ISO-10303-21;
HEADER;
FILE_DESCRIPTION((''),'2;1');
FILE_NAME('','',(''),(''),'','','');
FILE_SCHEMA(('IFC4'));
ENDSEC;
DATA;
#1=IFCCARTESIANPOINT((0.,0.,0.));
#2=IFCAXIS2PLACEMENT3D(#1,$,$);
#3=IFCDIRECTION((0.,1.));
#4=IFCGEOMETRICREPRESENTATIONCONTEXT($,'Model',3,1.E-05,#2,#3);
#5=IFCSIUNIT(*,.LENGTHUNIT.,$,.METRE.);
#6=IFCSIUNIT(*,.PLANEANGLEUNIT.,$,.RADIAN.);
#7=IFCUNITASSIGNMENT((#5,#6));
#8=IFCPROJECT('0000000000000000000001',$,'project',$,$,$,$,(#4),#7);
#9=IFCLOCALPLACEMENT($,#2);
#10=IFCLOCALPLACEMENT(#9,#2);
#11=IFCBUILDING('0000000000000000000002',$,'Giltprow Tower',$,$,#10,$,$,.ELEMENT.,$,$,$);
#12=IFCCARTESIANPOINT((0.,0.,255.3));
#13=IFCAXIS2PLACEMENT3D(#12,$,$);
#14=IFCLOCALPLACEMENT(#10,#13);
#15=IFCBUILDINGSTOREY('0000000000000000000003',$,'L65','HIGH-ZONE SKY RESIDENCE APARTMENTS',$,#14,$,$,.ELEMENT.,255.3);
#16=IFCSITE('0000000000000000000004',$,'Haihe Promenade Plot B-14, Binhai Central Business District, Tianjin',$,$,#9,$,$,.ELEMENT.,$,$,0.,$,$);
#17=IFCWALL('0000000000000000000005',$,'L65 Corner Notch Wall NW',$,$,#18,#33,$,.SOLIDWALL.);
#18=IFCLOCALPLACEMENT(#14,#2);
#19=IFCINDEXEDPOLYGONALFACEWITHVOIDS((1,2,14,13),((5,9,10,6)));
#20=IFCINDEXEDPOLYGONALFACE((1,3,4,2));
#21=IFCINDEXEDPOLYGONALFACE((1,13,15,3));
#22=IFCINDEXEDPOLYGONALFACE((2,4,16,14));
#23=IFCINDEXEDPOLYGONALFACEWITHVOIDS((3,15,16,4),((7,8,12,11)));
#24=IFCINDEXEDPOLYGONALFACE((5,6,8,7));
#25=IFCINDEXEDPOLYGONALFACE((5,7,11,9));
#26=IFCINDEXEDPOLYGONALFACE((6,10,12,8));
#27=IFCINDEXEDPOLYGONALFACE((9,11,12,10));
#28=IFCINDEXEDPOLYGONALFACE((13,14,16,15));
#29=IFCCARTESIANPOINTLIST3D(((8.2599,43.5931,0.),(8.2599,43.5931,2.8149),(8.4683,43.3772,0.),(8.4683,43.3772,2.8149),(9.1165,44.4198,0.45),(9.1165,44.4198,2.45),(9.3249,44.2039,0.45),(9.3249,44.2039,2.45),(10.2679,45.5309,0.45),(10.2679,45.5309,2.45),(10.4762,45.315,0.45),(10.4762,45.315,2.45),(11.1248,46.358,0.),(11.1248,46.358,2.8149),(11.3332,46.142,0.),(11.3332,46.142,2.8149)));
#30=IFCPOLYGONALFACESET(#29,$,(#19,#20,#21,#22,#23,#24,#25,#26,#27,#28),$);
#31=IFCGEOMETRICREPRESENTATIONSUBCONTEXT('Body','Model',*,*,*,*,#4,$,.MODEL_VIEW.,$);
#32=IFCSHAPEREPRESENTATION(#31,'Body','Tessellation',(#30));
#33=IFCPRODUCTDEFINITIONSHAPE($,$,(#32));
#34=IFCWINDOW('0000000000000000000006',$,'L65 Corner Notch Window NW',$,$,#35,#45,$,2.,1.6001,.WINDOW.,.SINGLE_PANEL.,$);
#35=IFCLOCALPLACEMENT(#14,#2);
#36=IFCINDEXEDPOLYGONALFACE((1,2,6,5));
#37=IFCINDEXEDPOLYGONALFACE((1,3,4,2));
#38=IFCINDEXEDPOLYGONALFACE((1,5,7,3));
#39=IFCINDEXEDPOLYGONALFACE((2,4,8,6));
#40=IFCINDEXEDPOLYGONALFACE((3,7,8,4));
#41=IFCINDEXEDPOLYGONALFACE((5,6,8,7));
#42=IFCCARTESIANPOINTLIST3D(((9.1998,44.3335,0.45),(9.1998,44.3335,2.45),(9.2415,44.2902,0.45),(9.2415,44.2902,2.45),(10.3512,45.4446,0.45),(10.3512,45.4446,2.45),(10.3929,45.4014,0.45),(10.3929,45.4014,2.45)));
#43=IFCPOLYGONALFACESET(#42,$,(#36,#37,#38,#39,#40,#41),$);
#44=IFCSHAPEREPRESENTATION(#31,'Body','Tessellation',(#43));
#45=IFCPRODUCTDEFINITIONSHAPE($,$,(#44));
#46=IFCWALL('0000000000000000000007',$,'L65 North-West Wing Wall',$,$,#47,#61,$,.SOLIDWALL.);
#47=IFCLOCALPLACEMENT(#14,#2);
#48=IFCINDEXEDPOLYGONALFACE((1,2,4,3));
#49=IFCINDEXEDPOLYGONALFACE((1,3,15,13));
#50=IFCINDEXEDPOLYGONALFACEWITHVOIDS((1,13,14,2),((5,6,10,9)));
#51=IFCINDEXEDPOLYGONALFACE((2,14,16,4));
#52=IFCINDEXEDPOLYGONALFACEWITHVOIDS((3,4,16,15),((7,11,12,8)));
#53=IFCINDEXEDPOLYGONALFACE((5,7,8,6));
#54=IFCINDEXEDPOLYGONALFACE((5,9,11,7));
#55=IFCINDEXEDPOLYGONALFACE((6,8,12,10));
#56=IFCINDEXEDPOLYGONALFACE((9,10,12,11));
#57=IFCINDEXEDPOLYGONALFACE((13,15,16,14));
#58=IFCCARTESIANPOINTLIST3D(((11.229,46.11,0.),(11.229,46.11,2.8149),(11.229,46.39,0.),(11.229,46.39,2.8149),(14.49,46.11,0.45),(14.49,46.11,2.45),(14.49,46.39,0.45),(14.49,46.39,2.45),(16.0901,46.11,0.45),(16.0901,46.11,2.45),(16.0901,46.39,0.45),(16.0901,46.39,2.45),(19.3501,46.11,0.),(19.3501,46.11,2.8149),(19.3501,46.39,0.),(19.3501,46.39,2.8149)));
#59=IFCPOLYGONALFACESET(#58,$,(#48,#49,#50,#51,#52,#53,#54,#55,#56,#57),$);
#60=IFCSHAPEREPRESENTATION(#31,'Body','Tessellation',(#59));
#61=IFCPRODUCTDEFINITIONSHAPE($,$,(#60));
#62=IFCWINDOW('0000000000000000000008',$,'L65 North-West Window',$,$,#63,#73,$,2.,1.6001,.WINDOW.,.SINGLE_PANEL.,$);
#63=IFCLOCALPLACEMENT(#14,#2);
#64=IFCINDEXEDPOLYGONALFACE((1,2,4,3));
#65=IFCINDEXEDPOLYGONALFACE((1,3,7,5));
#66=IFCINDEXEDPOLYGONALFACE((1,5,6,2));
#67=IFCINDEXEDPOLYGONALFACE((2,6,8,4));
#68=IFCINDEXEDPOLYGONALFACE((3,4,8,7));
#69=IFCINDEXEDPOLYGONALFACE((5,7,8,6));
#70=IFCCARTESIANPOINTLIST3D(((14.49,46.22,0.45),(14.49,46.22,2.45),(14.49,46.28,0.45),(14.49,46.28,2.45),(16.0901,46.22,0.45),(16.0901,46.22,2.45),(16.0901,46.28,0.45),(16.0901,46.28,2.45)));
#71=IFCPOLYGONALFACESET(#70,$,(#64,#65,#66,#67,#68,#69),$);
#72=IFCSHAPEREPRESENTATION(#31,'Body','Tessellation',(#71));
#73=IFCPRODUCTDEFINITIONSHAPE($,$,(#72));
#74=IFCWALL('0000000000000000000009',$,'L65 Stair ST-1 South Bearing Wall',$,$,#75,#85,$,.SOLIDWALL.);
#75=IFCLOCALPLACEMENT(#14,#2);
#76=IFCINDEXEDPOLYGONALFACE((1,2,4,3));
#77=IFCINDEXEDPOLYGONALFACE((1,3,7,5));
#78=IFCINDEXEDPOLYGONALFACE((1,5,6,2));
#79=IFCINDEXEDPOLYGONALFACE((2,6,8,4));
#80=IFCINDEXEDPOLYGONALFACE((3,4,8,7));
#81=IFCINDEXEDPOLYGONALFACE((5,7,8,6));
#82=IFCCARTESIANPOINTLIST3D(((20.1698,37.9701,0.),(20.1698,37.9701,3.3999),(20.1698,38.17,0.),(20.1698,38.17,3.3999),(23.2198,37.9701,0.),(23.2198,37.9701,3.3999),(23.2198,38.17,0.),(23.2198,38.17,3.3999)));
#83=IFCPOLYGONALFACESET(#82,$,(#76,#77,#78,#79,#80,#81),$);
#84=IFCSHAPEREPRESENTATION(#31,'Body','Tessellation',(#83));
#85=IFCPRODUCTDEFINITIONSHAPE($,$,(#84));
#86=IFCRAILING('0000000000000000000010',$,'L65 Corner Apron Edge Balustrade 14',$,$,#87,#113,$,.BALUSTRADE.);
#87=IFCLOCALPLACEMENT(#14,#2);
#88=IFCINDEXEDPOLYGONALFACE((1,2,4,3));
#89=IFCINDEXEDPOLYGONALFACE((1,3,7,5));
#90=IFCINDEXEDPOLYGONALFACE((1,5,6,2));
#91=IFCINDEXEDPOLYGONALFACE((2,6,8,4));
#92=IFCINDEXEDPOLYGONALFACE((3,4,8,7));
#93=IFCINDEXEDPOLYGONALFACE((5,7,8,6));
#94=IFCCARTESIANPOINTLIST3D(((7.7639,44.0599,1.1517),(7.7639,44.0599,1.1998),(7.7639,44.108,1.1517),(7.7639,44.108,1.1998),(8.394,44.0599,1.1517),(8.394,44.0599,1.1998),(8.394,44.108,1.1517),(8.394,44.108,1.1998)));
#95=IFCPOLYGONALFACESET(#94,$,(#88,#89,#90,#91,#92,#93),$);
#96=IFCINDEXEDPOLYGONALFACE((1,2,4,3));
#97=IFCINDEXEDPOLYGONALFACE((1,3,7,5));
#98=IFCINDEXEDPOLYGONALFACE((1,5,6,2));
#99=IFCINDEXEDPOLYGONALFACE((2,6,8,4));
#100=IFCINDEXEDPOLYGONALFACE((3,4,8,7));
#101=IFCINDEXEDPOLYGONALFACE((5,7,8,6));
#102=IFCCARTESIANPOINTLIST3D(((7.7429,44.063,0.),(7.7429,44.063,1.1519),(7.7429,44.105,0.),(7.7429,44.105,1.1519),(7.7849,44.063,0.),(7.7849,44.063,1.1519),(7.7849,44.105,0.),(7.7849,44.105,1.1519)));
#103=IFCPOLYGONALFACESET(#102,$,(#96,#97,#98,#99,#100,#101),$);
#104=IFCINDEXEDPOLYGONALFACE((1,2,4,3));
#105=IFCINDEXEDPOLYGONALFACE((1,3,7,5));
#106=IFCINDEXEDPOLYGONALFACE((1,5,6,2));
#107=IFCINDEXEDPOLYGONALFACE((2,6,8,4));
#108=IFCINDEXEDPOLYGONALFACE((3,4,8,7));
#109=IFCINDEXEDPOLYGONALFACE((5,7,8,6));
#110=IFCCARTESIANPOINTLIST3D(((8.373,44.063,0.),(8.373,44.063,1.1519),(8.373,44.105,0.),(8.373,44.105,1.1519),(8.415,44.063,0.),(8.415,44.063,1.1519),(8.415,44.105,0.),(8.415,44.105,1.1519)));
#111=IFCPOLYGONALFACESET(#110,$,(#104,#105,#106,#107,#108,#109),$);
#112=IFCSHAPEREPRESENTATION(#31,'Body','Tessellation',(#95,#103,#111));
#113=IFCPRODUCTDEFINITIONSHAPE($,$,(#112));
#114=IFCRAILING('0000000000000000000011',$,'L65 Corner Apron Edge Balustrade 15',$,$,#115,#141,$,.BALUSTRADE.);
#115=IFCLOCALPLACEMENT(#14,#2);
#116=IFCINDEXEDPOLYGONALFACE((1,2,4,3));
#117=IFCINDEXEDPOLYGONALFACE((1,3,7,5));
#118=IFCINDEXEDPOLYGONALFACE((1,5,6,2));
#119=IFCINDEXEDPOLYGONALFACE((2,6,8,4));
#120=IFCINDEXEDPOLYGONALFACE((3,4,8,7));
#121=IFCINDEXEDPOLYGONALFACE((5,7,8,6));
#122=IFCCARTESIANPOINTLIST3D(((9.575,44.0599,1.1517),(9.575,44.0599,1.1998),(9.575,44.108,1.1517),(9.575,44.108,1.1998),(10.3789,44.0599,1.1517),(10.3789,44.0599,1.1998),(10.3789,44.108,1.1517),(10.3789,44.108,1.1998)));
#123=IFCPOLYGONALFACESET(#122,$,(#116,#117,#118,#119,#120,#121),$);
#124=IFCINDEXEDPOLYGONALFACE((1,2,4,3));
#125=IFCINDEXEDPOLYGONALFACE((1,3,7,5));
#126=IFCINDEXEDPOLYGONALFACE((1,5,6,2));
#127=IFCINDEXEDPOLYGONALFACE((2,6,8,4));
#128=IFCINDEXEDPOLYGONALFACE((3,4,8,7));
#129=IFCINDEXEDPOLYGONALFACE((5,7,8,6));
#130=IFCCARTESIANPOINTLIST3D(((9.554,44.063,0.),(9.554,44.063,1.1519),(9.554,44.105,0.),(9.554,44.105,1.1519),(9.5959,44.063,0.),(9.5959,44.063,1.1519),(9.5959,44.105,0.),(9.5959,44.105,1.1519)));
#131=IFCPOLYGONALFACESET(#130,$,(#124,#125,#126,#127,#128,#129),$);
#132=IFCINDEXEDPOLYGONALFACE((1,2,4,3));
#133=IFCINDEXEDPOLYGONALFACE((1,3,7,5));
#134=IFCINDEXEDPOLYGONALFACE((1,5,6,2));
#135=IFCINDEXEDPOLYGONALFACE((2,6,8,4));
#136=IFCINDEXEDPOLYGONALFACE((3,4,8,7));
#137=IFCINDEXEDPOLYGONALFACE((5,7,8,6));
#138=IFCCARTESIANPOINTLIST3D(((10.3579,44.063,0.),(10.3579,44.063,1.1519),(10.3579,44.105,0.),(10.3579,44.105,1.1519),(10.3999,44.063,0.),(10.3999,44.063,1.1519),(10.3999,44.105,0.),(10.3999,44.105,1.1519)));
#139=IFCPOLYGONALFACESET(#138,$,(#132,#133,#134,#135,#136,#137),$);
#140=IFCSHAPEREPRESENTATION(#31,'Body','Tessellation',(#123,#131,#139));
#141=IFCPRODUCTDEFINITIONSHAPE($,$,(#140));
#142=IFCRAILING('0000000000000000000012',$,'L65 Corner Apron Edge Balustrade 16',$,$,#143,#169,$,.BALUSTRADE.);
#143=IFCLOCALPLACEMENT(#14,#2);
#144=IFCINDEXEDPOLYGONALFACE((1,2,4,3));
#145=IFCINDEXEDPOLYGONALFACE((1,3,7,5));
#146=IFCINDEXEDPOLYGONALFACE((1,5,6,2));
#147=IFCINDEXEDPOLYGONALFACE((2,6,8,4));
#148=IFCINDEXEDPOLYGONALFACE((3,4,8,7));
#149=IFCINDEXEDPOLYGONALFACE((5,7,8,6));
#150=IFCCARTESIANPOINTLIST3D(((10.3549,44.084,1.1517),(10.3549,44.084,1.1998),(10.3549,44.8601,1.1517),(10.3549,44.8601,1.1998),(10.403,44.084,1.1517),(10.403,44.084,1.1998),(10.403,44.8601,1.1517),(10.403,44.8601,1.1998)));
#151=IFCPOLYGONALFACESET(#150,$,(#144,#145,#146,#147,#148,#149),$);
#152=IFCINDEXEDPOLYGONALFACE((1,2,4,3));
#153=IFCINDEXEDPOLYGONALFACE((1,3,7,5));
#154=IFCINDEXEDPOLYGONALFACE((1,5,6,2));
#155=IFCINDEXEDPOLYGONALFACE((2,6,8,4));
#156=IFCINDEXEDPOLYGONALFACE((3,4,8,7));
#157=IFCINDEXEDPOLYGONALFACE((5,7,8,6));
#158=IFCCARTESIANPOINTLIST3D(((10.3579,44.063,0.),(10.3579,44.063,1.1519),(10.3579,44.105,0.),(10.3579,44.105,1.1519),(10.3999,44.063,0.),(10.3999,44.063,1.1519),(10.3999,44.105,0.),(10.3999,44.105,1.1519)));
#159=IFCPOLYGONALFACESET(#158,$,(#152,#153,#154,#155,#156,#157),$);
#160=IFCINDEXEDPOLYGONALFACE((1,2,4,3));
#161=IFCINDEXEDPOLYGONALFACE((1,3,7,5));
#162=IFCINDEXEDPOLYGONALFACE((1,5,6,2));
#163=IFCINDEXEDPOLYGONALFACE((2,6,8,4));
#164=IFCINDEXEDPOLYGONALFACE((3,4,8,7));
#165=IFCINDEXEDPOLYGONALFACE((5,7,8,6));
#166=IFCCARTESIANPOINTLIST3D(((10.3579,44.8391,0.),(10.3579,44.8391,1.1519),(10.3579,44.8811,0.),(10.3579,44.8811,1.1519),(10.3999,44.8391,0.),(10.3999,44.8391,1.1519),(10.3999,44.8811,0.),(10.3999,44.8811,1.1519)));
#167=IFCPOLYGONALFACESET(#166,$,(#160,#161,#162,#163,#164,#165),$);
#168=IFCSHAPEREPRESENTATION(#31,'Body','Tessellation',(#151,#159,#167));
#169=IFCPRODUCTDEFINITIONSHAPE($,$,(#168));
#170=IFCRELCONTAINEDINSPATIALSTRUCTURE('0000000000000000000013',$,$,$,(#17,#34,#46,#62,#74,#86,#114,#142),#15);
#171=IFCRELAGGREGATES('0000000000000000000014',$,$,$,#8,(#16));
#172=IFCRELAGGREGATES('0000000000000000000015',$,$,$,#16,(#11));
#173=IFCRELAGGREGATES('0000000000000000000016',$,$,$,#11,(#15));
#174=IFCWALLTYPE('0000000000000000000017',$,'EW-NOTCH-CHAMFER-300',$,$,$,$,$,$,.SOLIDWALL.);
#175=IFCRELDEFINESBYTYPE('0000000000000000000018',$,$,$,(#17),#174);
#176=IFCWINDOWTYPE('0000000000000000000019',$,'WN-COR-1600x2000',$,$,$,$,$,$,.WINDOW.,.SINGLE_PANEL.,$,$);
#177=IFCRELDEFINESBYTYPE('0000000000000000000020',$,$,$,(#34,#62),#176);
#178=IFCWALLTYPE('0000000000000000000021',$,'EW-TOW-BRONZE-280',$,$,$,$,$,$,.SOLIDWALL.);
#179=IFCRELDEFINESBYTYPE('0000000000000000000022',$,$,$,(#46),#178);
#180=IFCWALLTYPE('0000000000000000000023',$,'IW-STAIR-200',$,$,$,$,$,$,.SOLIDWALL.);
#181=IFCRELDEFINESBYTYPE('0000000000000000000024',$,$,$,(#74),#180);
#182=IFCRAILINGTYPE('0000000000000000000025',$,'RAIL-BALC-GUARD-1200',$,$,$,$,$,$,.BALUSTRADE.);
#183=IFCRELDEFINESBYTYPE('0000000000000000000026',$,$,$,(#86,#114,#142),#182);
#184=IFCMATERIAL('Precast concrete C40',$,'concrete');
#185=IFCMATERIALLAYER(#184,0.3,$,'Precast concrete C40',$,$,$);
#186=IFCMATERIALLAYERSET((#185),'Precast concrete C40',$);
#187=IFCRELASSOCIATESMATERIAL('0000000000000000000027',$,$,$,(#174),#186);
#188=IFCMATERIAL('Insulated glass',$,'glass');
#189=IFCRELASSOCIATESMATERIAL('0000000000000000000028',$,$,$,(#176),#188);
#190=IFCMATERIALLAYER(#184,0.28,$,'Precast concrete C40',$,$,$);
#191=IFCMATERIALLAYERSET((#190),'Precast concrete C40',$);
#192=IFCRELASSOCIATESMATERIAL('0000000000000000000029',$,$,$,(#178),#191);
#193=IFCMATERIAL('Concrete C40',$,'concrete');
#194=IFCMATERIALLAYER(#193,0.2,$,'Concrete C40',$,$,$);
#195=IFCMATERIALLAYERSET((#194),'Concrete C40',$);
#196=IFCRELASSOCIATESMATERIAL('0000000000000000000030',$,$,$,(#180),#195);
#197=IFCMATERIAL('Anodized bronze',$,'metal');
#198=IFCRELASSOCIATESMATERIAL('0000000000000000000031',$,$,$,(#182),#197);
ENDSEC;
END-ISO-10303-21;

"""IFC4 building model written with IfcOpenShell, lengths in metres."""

from ifc_helpers import new_model, si_unit, direction, frame, frame_2d, origin, origin_2d, place, context, subcontext, project, spatial, rectangle, extrude, source, transform, mapped, material, layer, layer_set, type_object, element, fill, save


model = new_model("IFC4")

# Units and contexts
model_context = context("Model", 3, precision=1e-05, world=origin(), true_north=direction((0.0, 1.0)))
body_context = subcontext(model_context, "Body", "Model", "MODEL_VIEW")
ifc_project = project(units=[si_unit("LENGTHUNIT", "METRE"), si_unit("PLANEANGLEUNIT", "RADIAN")], contexts=[model_context])

# Site, building, storey
site_placement = place(None, origin())
site = spatial("IfcSite", under=ifc_project, at=site_placement, Name="Haihe Promenade Plot B-14, Binhai Central Business District, Tianjin", CompositionType="ELEMENT", RefElevation=0.0)
building_placement = place(site_placement, origin())
building = spatial("IfcBuilding", under=site, at=building_placement, Name="Giltprow Tower", CompositionType="ELEMENT")
storey_placement = place(building_placement, frame((0.0, 0.0, 255.3)))
storey = spatial("IfcBuildingStorey", under=building, at=storey_placement, Name="L65", Description="HIGH-ZONE SKY RESIDENCE APARTMENTS", CompositionType="ELEMENT", Elevation=255.3)

# Walls, openings, windows
ifc_material_1 = material(Name="Precast concrete C40", Category="concrete")
ifc_layer_1 = layer(ifc_material_1, 0.3, Name="Precast concrete C40")
ifc_layer_set_1 = layer_set([ifc_layer_1], Name="Precast concrete C40")
wall_type_1 = type_object("IfcWallType", Name="EW-NOTCH-CHAMFER-300", PredefinedType="SOLIDWALL", material=ifc_layer_set_1)
wall_1_placement = place(storey_placement, frame((11.229, 46.25, 0.0), z_axis=(0.0, 0.0, 1.0), x_axis=(-0.719565, -0.694425, 0.0)))
wall_1 = element("IfcWall", 1, at=wall_1_placement, inside=storey, type_object=wall_type_1, Name="L65 Corner Notch Wall NW", PredefinedType="SOLIDWALL", context=body_context, shape_type="SweptSolid", body=[
    extrude(rectangle(XDim=3.9814, YDim=0.3, at=frame_2d((1.9907, 0.0))), origin(), (0.0, 0.0, 1.0), 2.8149),
])
opening_1_placement = place(wall_1_placement, frame((1.1909, 0.0, 0.45)))
opening_1 = element("IfcOpeningElement", 2, at=opening_1_placement, cuts=wall_1, PredefinedType="OPENING", context=body_context, shape_type="SweptSolid", body=[
    extrude(rectangle(XDim=1.6001, YDim=2.0, at=frame_2d((0.8, 1.0))), frame((0.0, 0.1599, 0.0), z_axis=(0.0, -1.0, 0.0), x_axis=(1.0, 0.0, 0.0)), (0.0, 0.0, 1.0), 0.3201),
])
ifc_material_2 = material(Name="Insulated glass", Category="glass")
window_type = type_object("IfcWindowType", Name="WN-COR-1600x2000", PartitioningType="SINGLE_PANEL", PredefinedType="WINDOW", material=ifc_material_2)
shared_shape_1 = source(origin(), body_context, "Body", "SweptSolid", [
    extrude(rectangle(XDim=1.6001, YDim=2.0, at=frame_2d((0.8, 1.0))), frame((0.0, 0.03, 0.0), z_axis=(0.0, -1.0, 0.0), x_axis=(1.0, 0.0, 0.0)), (0.0, 0.0, 1.0), 0.0601),
])
window_1_placement = place(opening_1_placement, origin())
window_1 = element("IfcWindow", 3, at=window_1_placement, inside=storey, type_object=window_type, Name="L65 Corner Notch Window NW", OverallHeight=2.0, OverallWidth=1.6001, PartitioningType="SINGLE_PANEL", PredefinedType="WINDOW", context=body_context, shape_type="MappedRepresentation", body=[
    mapped(shared_shape_1, transform((0.0, 0.0, 0.0), x_axis=(1.0, 0.0, 0.0), y_axis=(0.0, 1.0, 0.0), z_axis=(0.0, 0.0, 1.0), scale=1.0)),
])
fill(opening_1, window_1)
ifc_layer_2 = layer(ifc_material_1, 0.28, Name="Precast concrete C40")
ifc_layer_set_2 = layer_set([ifc_layer_2], Name="Precast concrete C40")
wall_type_2 = type_object("IfcWallType", Name="EW-TOW-BRONZE-280", PredefinedType="SOLIDWALL", material=ifc_layer_set_2)
wall_2_placement = place(storey_placement, frame((11.229, 46.25, 0.0), z_axis=(0.0, 0.0, 1.0), x_axis=(1.0, 0.0, 0.0)))
wall_2 = element("IfcWall", 4, at=wall_2_placement, inside=storey, type_object=wall_type_2, Name="L65 North-West Wing Wall", PredefinedType="SOLIDWALL", context=body_context, shape_type="SweptSolid", body=[
    extrude(rectangle(XDim=8.1211, YDim=0.28, at=frame_2d((4.0605, 0.0))), origin(), (0.0, 0.0, 1.0), 2.8149),
])
opening_2_placement = place(wall_2_placement, frame((3.261, 0.0, 0.45)))
opening_2 = element("IfcOpeningElement", 5, at=opening_2_placement, cuts=wall_2, PredefinedType="OPENING", context=body_context, shape_type="SweptSolid", body=[
    extrude(rectangle(XDim=1.6001, YDim=2.0, at=frame_2d((0.8, 1.0))), frame((0.0, 0.1499, 0.0), z_axis=(0.0, -1.0, 0.0), x_axis=(1.0, 0.0, 0.0)), (0.0, 0.0, 1.0), 0.3),
])
window_2_placement = place(opening_2_placement, origin())
window_2 = element("IfcWindow", 6, at=window_2_placement, inside=storey, type_object=window_type, Name="L65 North-West Window", OverallHeight=2.0, OverallWidth=1.6001, PartitioningType="SINGLE_PANEL", PredefinedType="WINDOW", context=body_context, shape_type="MappedRepresentation", body=[
    mapped(shared_shape_1, transform((0.0, 0.0, 0.0), x_axis=(1.0, 0.0, 0.0), y_axis=(0.0, 1.0, 0.0), z_axis=(0.0, 0.0, 1.0), scale=1.0)),
])
fill(opening_2, window_2)

# Wall
ifc_material_3 = material(Name="Concrete C40", Category="concrete")
ifc_layer_3 = layer(ifc_material_3, 0.2, Name="Concrete C40")
ifc_layer_set_3 = layer_set([ifc_layer_3], Name="Concrete C40")
wall_type_3 = type_object("IfcWallType", Name="IW-STAIR-200", PredefinedType="SOLIDWALL", material=ifc_layer_set_3)
wall_3_placement = place(storey_placement, frame((20.1699, 38.0701, 0.0), z_axis=(0.0, 0.0, 1.0), x_axis=(1.0, 0.0, 0.0)))
element("IfcWall", 7, at=wall_3_placement, inside=storey, type_object=wall_type_3, Name="L65 Stair ST-1 South Bearing Wall", PredefinedType="SOLIDWALL", context=body_context, shape_type="SweptSolid", body=[
    extrude(rectangle(XDim=3.05, YDim=0.2, at=frame_2d((1.5249, 0.0))), origin(), (0.0, 0.0, 1.0), 3.3999),
])

# Railings
ifc_material_4 = material(Name="Anodized bronze", Category="metal")
railing_type = type_object("IfcRailingType", Name="RAIL-BALC-GUARD-1200", PredefinedType="BALUSTRADE", material=ifc_material_4)
railing_1_placement = place(storey_placement, frame((7.7639, 44.084, 0.0)))
element("IfcRailing", 8, at=railing_1_placement, inside=storey, type_object=railing_type, Name="L65 Corner Apron Edge Balustrade 14", PredefinedType="BALUSTRADE", context=body_context, shape_type="SweptSolid", body=[
    extrude(rectangle(XDim=0.0481, YDim=0.0481, at=origin_2d()), frame((0.0, 0.0, 1.1758), z_axis=(1.0, 0.0, 0.0), x_axis=(0.0, 1.0, 0.0)), (0.0, 0.0, 1.0), 0.6301),
    extrude(rectangle(XDim=0.042, YDim=0.042, at=origin_2d()), origin(), (0.0, 0.0, 1.0), 1.1519),
    extrude(rectangle(XDim=0.042, YDim=0.042, at=origin_2d()), frame((0.6301, 0.0, 0.0)), (0.0, 0.0, 1.0), 1.1519),
])
railing_2_placement = place(storey_placement, frame((9.575, 44.084, 0.0)))
element("IfcRailing", 9, at=railing_2_placement, inside=storey, type_object=railing_type, Name="L65 Corner Apron Edge Balustrade 15", PredefinedType="BALUSTRADE", context=body_context, shape_type="SweptSolid", body=[
    extrude(rectangle(XDim=0.0481, YDim=0.0481, at=origin_2d()), frame((0.0, 0.0, 1.1758), z_axis=(1.0, 0.0, 0.0), x_axis=(0.0, 1.0, 0.0)), (0.0, 0.0, 1.0), 0.804),
    extrude(rectangle(XDim=0.042, YDim=0.042, at=origin_2d()), origin(), (0.0, 0.0, 1.0), 1.1519),
    extrude(rectangle(XDim=0.042, YDim=0.042, at=origin_2d()), frame((0.804, 0.0, 0.0)), (0.0, 0.0, 1.0), 1.1519),
])
railing_3_placement = place(storey_placement, frame((10.3789, 44.084, 0.0)))
element("IfcRailing", 10, at=railing_3_placement, inside=storey, type_object=railing_type, Name="L65 Corner Apron Edge Balustrade 16", PredefinedType="BALUSTRADE", context=body_context, shape_type="SweptSolid", body=[
    extrude(rectangle(XDim=0.0481, YDim=0.0481, at=origin_2d()), frame((0.0, 0.0, 1.1758), z_axis=(0.0, 1.0, 0.0), x_axis=(-1.0, 0.0, 0.0)), (0.0, 0.0, 1.0), 0.7761),
    extrude(rectangle(XDim=0.042, YDim=0.042, at=origin_2d()), origin(), (0.0, 0.0, 1.0), 1.1519),
    extrude(rectangle(XDim=0.042, YDim=0.042, at=origin_2d()), frame((0.0, 0.7761, 0.0)), (0.0, 0.0, 1.0), 1.1519),
])

save(model, "model.ifc")
